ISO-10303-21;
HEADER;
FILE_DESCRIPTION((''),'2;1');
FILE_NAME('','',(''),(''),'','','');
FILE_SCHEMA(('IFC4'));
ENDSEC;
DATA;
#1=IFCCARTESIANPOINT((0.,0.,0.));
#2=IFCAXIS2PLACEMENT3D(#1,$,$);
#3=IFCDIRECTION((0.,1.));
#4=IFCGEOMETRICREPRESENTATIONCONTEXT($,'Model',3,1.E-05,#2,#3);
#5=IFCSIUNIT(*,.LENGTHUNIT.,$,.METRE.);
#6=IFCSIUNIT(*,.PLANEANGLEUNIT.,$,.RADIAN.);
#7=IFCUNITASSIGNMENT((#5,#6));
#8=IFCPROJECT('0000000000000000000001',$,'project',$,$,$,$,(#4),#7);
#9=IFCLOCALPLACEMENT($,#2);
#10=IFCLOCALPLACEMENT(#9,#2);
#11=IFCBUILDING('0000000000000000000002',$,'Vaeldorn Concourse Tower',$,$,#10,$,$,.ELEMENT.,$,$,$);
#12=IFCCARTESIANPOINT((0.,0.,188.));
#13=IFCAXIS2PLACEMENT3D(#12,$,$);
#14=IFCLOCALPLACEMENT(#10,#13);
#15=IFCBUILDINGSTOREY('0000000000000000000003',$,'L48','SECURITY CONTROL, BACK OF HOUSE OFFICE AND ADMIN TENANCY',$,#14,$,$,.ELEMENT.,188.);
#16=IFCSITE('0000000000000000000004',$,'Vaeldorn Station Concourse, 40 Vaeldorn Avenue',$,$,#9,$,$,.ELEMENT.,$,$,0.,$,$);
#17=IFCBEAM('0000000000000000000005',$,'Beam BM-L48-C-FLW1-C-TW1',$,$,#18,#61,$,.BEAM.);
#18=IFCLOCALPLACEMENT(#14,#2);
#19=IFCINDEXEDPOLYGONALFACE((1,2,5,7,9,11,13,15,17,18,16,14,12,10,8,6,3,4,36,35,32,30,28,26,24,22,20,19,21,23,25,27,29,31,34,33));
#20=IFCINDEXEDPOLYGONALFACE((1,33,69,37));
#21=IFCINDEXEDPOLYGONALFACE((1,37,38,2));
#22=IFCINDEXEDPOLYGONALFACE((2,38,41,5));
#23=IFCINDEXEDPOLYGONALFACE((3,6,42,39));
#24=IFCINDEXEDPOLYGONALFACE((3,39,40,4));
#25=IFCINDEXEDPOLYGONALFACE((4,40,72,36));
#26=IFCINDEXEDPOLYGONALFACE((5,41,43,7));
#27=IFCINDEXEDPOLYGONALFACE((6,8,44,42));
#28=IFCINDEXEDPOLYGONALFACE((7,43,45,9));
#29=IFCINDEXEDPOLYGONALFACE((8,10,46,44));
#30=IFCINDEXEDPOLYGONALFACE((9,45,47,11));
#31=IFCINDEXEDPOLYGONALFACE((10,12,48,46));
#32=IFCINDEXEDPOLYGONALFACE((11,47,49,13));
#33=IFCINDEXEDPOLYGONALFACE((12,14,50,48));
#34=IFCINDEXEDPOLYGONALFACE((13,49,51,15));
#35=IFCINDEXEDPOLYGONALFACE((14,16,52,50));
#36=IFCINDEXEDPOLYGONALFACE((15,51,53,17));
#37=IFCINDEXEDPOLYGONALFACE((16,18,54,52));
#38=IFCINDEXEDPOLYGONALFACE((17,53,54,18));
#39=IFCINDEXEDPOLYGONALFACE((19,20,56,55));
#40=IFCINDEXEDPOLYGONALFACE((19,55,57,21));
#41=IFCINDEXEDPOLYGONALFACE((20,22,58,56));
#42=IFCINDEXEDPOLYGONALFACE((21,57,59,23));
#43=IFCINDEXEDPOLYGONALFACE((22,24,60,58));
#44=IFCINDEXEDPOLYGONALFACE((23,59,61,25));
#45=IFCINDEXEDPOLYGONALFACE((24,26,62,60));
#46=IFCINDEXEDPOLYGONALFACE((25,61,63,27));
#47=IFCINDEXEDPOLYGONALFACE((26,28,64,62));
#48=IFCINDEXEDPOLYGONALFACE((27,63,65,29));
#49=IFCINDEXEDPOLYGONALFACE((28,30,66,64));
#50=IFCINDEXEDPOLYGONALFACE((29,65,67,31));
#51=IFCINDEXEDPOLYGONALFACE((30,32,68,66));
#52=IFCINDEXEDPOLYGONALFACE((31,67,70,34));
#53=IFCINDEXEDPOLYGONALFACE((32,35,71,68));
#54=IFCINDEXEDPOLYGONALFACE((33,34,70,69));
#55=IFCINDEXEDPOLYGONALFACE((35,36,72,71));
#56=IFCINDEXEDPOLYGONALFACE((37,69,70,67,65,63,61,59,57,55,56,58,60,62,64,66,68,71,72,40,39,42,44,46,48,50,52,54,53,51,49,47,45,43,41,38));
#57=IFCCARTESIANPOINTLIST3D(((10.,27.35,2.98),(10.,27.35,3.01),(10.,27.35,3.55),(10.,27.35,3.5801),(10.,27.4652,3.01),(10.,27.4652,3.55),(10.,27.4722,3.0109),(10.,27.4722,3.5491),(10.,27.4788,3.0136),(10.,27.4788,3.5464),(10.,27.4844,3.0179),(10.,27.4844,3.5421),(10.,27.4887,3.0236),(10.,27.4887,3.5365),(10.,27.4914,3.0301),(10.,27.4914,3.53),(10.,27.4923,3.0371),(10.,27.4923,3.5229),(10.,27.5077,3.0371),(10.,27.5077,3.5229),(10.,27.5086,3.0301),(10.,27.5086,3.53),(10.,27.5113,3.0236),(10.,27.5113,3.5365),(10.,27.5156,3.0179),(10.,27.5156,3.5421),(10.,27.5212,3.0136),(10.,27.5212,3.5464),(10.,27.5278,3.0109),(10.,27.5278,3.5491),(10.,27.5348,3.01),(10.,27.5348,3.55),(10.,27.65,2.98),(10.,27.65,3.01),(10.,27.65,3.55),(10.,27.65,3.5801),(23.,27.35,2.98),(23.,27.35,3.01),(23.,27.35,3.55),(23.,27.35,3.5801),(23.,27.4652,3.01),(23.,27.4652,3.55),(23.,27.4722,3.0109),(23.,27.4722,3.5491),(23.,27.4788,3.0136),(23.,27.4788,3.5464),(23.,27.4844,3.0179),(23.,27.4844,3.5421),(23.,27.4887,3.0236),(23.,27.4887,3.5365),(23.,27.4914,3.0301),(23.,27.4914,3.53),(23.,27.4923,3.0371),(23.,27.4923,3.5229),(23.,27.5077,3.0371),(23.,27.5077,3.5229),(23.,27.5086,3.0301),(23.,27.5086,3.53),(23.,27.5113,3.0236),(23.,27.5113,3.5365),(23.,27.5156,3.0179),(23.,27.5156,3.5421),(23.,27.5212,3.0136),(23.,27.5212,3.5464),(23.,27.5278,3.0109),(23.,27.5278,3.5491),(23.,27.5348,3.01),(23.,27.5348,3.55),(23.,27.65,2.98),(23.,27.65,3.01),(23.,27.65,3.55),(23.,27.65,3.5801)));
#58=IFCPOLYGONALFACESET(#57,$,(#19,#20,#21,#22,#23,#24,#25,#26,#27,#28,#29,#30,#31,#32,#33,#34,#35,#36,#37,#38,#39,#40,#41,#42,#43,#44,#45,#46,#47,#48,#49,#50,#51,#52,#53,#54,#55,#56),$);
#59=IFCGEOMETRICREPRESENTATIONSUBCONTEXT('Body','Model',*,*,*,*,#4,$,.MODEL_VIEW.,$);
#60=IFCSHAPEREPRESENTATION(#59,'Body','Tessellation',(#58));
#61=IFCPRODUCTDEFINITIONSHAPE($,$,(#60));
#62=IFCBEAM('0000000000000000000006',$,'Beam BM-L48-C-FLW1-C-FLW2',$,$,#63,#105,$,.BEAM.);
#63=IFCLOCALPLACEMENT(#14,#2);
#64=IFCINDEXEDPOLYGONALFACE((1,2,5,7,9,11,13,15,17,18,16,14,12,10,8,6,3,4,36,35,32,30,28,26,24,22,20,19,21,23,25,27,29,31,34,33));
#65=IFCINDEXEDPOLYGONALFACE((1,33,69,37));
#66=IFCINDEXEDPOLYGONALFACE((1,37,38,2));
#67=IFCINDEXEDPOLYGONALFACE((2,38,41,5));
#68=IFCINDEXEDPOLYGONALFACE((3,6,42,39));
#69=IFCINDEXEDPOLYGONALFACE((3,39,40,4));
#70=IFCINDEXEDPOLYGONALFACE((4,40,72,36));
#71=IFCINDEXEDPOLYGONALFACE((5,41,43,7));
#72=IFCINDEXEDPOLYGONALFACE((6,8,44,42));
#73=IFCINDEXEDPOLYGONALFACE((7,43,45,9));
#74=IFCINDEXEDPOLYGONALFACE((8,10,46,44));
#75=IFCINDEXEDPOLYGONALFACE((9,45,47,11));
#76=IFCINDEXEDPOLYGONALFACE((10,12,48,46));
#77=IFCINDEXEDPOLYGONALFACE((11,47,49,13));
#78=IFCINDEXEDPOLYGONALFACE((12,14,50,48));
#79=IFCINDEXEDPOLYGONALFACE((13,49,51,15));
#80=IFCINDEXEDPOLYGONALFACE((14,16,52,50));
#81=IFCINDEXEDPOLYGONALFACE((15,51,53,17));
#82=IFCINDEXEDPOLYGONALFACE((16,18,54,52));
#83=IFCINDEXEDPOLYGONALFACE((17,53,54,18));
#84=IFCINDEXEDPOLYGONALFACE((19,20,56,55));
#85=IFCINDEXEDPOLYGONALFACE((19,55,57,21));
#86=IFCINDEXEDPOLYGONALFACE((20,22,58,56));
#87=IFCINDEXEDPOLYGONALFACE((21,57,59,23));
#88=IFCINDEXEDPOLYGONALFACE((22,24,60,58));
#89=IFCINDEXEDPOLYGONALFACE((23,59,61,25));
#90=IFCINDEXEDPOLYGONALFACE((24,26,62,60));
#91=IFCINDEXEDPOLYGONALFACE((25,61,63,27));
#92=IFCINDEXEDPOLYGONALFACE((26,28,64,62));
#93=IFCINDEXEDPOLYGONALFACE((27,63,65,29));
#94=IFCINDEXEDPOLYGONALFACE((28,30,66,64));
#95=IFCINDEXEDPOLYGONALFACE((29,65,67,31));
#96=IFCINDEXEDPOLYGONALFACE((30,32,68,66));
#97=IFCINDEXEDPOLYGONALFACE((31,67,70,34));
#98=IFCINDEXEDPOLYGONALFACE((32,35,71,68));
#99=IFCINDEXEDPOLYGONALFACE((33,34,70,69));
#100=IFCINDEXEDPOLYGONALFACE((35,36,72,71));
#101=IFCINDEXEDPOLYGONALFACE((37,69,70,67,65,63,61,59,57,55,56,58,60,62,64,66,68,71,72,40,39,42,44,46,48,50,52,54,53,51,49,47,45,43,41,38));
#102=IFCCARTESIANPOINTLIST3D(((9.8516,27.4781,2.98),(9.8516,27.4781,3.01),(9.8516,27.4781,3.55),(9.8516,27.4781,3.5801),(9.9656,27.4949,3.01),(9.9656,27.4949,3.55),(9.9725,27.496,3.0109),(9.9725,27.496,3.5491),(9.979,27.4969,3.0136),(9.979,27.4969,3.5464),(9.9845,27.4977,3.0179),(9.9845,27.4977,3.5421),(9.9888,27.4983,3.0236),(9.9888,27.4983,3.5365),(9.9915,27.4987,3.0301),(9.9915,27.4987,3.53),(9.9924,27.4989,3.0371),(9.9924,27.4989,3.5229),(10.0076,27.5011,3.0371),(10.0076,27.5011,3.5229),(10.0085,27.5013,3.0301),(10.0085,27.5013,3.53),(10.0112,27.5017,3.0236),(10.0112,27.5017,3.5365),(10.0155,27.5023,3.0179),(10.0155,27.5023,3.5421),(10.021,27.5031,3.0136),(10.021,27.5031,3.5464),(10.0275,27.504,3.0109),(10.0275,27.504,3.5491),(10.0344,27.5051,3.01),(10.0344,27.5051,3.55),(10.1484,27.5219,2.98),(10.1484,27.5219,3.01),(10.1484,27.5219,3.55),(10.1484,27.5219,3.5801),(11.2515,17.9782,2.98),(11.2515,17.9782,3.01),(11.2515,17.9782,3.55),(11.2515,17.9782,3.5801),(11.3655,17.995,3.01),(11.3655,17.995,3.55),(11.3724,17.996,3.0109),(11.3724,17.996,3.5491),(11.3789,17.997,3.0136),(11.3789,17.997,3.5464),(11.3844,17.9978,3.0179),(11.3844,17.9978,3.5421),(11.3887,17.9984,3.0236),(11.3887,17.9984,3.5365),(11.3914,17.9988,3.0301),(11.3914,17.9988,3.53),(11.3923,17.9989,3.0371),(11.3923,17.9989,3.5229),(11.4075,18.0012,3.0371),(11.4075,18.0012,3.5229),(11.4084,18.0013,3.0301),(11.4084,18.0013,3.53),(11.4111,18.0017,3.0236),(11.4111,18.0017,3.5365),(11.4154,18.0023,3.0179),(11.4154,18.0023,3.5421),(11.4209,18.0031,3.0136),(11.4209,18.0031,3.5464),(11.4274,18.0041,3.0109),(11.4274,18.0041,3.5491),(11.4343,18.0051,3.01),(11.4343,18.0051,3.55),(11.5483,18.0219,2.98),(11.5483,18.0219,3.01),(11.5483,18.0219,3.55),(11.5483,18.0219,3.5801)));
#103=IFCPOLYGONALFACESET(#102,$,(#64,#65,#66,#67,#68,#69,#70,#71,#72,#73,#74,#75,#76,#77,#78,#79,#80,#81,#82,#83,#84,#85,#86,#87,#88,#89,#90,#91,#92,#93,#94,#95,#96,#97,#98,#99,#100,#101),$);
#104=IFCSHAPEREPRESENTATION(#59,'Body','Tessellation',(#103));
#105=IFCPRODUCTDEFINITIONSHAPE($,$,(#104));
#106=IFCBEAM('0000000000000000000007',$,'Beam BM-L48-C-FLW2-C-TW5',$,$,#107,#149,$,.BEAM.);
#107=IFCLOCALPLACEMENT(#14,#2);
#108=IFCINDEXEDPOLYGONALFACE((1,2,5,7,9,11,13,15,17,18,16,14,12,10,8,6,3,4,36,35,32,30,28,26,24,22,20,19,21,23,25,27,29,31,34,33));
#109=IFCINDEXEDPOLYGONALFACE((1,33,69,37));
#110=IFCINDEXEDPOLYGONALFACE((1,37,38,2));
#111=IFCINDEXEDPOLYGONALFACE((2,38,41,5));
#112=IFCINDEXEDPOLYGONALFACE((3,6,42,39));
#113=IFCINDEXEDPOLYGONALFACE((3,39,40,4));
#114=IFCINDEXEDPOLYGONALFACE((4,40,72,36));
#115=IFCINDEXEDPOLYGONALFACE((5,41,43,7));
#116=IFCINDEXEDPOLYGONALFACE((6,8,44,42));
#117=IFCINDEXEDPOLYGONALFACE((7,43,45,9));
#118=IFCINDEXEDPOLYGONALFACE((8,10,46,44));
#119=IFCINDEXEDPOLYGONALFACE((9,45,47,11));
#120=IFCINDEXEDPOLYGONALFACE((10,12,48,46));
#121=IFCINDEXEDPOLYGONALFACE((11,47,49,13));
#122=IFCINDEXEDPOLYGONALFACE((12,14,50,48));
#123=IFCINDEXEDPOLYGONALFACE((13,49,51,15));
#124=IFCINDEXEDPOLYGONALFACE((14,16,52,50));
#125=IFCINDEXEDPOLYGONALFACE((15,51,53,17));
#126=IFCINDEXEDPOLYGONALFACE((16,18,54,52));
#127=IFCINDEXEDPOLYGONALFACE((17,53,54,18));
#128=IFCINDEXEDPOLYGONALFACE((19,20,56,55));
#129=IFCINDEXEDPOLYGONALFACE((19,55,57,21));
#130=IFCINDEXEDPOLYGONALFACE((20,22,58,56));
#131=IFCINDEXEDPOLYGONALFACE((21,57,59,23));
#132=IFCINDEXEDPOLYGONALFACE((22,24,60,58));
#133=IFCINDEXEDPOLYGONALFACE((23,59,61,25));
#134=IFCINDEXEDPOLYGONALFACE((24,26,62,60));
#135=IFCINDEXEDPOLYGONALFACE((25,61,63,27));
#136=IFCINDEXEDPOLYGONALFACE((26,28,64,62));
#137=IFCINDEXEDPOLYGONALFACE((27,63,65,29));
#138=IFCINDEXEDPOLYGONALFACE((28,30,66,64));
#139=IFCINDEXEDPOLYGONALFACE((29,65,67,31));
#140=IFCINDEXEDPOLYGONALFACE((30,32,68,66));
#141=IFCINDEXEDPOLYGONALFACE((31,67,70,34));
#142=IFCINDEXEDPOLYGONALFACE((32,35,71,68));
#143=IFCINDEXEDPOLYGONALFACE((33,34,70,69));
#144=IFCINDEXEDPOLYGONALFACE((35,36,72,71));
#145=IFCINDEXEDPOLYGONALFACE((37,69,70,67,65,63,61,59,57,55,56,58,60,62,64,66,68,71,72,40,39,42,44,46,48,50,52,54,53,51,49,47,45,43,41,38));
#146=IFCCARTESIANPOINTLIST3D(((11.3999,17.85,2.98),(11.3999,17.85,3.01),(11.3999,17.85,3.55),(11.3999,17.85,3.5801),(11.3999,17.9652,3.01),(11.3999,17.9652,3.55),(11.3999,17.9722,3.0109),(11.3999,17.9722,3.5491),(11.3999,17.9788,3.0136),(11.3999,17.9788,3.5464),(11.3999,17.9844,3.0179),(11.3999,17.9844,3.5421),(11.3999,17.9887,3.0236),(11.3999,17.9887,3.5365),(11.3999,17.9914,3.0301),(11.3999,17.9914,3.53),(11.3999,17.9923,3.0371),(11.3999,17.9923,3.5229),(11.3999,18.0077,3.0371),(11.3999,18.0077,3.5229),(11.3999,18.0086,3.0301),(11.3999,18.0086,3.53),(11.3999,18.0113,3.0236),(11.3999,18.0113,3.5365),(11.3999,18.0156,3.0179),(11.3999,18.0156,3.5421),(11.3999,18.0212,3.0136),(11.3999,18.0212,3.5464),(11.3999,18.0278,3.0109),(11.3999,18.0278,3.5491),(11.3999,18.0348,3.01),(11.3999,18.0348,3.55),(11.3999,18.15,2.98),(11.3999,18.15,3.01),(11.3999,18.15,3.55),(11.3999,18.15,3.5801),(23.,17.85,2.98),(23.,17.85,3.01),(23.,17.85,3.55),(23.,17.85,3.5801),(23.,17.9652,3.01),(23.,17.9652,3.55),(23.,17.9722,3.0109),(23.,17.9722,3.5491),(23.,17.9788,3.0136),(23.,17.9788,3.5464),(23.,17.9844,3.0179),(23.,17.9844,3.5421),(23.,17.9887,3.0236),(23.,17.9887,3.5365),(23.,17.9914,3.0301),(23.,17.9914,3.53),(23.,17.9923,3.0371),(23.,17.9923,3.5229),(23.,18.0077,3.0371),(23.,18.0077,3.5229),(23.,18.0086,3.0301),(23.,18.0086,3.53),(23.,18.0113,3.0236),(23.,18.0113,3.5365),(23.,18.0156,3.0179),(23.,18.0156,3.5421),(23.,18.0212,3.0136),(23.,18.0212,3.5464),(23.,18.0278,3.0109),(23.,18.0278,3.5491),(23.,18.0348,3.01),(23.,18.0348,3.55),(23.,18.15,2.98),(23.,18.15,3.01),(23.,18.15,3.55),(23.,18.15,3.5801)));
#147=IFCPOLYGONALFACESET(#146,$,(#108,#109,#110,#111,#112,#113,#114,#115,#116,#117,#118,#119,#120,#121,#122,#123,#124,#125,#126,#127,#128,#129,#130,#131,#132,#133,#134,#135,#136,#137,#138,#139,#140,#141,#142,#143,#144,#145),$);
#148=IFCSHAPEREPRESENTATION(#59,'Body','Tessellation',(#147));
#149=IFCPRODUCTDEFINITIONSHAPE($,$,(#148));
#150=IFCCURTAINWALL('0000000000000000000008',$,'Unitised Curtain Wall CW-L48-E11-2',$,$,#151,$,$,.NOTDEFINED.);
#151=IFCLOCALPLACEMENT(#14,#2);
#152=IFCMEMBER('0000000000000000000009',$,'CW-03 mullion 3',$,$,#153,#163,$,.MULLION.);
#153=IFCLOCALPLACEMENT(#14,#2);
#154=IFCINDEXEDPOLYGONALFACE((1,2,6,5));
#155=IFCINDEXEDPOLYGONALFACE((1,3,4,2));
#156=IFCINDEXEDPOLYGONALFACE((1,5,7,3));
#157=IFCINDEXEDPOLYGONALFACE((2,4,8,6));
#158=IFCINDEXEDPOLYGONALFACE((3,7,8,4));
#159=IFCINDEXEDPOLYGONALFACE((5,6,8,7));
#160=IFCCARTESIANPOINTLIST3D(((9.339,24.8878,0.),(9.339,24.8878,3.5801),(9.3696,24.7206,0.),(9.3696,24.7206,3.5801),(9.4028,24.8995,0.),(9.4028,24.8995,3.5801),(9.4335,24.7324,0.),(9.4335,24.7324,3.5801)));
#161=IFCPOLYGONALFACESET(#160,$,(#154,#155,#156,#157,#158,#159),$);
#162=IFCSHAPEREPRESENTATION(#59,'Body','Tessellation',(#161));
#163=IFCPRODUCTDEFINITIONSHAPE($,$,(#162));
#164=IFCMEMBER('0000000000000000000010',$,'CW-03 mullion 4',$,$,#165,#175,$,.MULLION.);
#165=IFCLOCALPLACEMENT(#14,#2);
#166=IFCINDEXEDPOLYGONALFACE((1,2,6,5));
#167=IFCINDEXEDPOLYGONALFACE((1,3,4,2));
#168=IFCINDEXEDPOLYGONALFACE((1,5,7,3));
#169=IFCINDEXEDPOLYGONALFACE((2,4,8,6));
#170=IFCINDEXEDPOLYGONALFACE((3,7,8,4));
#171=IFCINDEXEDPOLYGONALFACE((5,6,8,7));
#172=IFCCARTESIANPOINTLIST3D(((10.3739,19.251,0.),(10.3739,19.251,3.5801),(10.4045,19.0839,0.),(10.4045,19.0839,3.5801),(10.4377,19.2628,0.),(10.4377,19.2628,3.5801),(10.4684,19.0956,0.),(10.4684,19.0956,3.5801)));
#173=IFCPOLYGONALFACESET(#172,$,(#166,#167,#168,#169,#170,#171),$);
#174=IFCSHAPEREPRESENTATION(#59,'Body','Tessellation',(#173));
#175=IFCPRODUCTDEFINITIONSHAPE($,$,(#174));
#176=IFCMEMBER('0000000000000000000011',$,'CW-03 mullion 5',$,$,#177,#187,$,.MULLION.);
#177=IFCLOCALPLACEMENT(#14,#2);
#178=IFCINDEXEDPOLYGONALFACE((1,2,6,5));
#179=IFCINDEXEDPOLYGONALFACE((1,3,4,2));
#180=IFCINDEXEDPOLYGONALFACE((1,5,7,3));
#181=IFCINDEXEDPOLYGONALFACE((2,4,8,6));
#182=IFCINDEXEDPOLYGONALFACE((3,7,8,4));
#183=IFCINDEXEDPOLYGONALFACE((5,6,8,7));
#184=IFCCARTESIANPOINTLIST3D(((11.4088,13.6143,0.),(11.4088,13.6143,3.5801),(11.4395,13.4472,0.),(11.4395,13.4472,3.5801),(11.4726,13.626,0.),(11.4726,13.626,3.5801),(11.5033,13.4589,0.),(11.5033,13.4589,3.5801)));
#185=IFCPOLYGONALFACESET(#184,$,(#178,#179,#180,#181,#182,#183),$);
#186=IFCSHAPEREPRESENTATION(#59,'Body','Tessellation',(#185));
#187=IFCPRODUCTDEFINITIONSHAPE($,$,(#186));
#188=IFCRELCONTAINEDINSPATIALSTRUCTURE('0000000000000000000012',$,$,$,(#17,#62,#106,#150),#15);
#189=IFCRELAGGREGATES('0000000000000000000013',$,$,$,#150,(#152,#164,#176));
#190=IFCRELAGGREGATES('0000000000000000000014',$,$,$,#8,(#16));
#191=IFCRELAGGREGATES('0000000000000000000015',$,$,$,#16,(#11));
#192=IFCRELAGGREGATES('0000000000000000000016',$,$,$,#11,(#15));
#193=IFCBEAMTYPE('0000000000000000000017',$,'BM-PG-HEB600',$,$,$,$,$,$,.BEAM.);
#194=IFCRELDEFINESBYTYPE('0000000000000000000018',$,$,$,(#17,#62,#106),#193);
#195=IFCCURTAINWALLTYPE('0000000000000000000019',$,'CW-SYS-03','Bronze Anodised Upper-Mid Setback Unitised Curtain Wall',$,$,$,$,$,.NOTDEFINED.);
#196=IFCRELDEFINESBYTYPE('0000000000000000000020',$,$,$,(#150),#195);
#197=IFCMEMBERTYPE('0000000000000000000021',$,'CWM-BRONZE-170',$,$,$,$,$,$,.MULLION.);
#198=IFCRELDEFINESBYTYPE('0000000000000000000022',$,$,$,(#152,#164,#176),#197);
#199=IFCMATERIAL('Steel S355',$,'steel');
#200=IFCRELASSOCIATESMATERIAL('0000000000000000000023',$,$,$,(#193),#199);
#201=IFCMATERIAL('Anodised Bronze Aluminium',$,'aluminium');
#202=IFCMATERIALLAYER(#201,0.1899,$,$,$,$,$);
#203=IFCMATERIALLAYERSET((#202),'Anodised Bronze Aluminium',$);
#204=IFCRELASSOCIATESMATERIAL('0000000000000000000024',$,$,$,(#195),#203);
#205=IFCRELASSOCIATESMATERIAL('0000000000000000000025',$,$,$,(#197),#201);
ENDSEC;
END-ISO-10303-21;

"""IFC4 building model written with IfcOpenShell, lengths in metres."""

from ifc_helpers import new_model, si_unit, direction, frame, origin, origin_2d, place, context, subcontext, project, spatial, rectangle, i_section, extrude, source, transform, mapped, material, layer, layer_set, material_profile, profile_set, type_object, element, aggregate, save


model = new_model("IFC4")

# Units and contexts
model_context = context("Model", 3, precision=1e-05, world=origin(), true_north=direction((0.0, 1.0)))
body_context = subcontext(model_context, "Body", "Model", "MODEL_VIEW")
ifc_project = project(units=[si_unit("LENGTHUNIT", "METRE"), si_unit("PLANEANGLEUNIT", "RADIAN")], contexts=[model_context])

# Site, building, storey
site_placement = place(None, origin())
site = spatial("IfcSite", under=ifc_project, at=site_placement, Name="Vaeldorn Station Concourse, 40 Vaeldorn Avenue", CompositionType="ELEMENT", RefElevation=0.0)
building_placement = place(site_placement, origin())
building = spatial("IfcBuilding", under=site, at=building_placement, Name="Vaeldorn Concourse Tower", CompositionType="ELEMENT")
storey_placement = place(building_placement, frame((0.0, 0.0, 188.0)))
storey = spatial("IfcBuildingStorey", under=building, at=storey_placement, Name="L48", Description="SECURITY CONTROL, BACK OF HOUSE OFFICE AND ADMIN TENANCY", CompositionType="ELEMENT", Elevation=188.0)

# Shared definitions
ifc_material_1 = material(Name="Steel S355", Category="steel")

# Beams
ifc_material_profile_1 = material_profile(ifc_material_1, i_section(OverallWidth=0.3, OverallDepth=0.6001, WebThickness=0.0154, FlangeThickness=0.03, FilletRadius=0.0271, at=origin_2d()), Name="HEB 600")
ifc_profile_set_1 = profile_set([ifc_material_profile_1], Name="Steel S355")
beam_type_1 = type_object("IfcBeamType", Name="BM-PG-HEB600", PredefinedType="BEAM", material=ifc_profile_set_1)
shared_shape_1 = source(origin(), body_context, "Body", "SweptSolid", [
    extrude(i_section(OverallWidth=0.3, OverallDepth=0.6001, WebThickness=0.0154, FlangeThickness=0.03, FilletRadius=0.0271, at=origin_2d()), origin(), (0.0, 0.0, 1.0), 13.0),
])
beam_1_placement = place(storey_placement, frame((10.0, 27.5, 3.28), z_axis=(1.0, 0.0, 0.0), x_axis=(0.0, 1.0, 0.0)))
element("IfcBeam", 1, at=beam_1_placement, inside=storey, type_object=beam_type_1, Name="Beam BM-L48-C-FLW1-C-TW1", PredefinedType="BEAM", context=body_context, shape_type="MappedRepresentation", body=[
    mapped(shared_shape_1, transform((0.0, 0.0, 0.0), scale=1.0)),
])
shared_shape_2 = source(origin(), body_context, "Body", "SweptSolid", [
    extrude(i_section(OverallWidth=0.3, OverallDepth=0.6001, WebThickness=0.0154, FlangeThickness=0.03, FilletRadius=0.0271, at=origin_2d()), origin(), (0.0, 0.0, 1.0), 9.6025),
])
beam_2_placement = place(storey_placement, frame((10.0, 27.5, 3.28), z_axis=(0.145784, -0.989316, 0.0), x_axis=(0.989316, 0.145784, 0.0)))
element("IfcBeam", 2, at=beam_2_placement, inside=storey, type_object=beam_type_1, Name="Beam BM-L48-C-FLW1-C-FLW2", PredefinedType="BEAM", context=body_context, shape_type="MappedRepresentation", body=[
    mapped(shared_shape_2, transform((0.0, 0.0, 0.0), scale=1.0)),
])
shared_shape_3 = source(origin(), body_context, "Body", "SweptSolid", [
    extrude(i_section(OverallWidth=0.3, OverallDepth=0.6001, WebThickness=0.0154, FlangeThickness=0.03, FilletRadius=0.0271, at=origin_2d()), origin(), (0.0, 0.0, 1.0), 11.6001),
])
beam_3_placement = place(storey_placement, frame((11.3999, 18.0, 3.28), z_axis=(1.0, 0.0, 0.0), x_axis=(0.0, 1.0, 0.0)))
element("IfcBeam", 3, at=beam_3_placement, inside=storey, type_object=beam_type_1, Name="Beam BM-L48-C-FLW2-C-TW5", PredefinedType="BEAM", context=body_context, shape_type="MappedRepresentation", body=[
    mapped(shared_shape_3, transform((0.0, 0.0, 0.0), scale=1.0)),
])

# Curtain wall, members
ifc_material_2 = material(Name="Anodised Bronze Aluminium", Category="aluminium")
ifc_layer_1 = layer(ifc_material_2, 0.1899)
ifc_layer_set_1 = layer_set([ifc_layer_1], Name="Anodised Bronze Aluminium")
curtain_wall_type = type_object("IfcCurtainWallType", Name="CW-SYS-03", Description="Bronze Anodised Upper-Mid Setback Unitised Curtain Wall", PredefinedType="NOTDEFINED", material=ifc_layer_set_1)
curtain_wall_placement = place(storey_placement, origin())
curtain_wall = element("IfcCurtainWall", 4, at=curtain_wall_placement, inside=storey, type_object=curtain_wall_type, Name="Unitised Curtain Wall CW-L48-E11-2", PredefinedType="NOTDEFINED")
ifc_material_profile_2 = material_profile(ifc_material_2, rectangle(XDim=0.0649, YDim=0.1699, at=origin_2d()), Name="CWM 65x170")
ifc_profile_set_2 = profile_set([ifc_material_profile_2], Name="Anodised Bronze Aluminium")
member_type_1 = type_object("IfcMemberType", Name="CWM-BRONZE-170", PredefinedType="MULLION", material=ifc_profile_set_2)
shared_shape_4 = source(origin(), body_context, "Body", "SweptSolid", [
    extrude(rectangle(XDim=0.0649, YDim=0.1699, at=origin_2d()), origin(), (0.0, 0.0, 1.0), 3.5801),
])
member_1_placement = place(storey_placement, frame((9.3862, 24.8101, 0.0), z_axis=(0.0, 0.0, 1.0), x_axis=(0.983559, 0.180585, 0.0)))
member_1 = element("IfcMember", 5, at=member_1_placement, type_object=member_type_1, Name="CW-03 mullion 3", PredefinedType="MULLION", context=body_context, shape_type="MappedRepresentation", body=[
    mapped(shared_shape_4, transform((0.0, 0.0, 0.0), scale=1.0)),
])
member_2_placement = place(storey_placement, frame((10.4211, 19.1733, 0.0), z_axis=(0.0, 0.0, 1.0), x_axis=(0.983559, 0.180585, 0.0)))
member_2 = element("IfcMember", 6, at=member_2_placement, type_object=member_type_1, Name="CW-03 mullion 4", PredefinedType="MULLION", context=body_context, shape_type="MappedRepresentation", body=[
    mapped(shared_shape_4, transform((0.0, 0.0, 0.0), scale=1.0)),
])
member_3_placement = place(storey_placement, frame((11.4561, 13.5366, 0.0), z_axis=(0.0, 0.0, 1.0), x_axis=(0.983559, 0.180585, 0.0)))
member_3 = element("IfcMember", 7, at=member_3_placement, type_object=member_type_1, Name="CW-03 mullion 5", PredefinedType="MULLION", context=body_context, shape_type="MappedRepresentation", body=[
    mapped(shared_shape_4, transform((0.0, 0.0, 0.0), scale=1.0)),
])
aggregate(curtain_wall, [member_1, member_2, member_3])

save(model, "model.ifc")
